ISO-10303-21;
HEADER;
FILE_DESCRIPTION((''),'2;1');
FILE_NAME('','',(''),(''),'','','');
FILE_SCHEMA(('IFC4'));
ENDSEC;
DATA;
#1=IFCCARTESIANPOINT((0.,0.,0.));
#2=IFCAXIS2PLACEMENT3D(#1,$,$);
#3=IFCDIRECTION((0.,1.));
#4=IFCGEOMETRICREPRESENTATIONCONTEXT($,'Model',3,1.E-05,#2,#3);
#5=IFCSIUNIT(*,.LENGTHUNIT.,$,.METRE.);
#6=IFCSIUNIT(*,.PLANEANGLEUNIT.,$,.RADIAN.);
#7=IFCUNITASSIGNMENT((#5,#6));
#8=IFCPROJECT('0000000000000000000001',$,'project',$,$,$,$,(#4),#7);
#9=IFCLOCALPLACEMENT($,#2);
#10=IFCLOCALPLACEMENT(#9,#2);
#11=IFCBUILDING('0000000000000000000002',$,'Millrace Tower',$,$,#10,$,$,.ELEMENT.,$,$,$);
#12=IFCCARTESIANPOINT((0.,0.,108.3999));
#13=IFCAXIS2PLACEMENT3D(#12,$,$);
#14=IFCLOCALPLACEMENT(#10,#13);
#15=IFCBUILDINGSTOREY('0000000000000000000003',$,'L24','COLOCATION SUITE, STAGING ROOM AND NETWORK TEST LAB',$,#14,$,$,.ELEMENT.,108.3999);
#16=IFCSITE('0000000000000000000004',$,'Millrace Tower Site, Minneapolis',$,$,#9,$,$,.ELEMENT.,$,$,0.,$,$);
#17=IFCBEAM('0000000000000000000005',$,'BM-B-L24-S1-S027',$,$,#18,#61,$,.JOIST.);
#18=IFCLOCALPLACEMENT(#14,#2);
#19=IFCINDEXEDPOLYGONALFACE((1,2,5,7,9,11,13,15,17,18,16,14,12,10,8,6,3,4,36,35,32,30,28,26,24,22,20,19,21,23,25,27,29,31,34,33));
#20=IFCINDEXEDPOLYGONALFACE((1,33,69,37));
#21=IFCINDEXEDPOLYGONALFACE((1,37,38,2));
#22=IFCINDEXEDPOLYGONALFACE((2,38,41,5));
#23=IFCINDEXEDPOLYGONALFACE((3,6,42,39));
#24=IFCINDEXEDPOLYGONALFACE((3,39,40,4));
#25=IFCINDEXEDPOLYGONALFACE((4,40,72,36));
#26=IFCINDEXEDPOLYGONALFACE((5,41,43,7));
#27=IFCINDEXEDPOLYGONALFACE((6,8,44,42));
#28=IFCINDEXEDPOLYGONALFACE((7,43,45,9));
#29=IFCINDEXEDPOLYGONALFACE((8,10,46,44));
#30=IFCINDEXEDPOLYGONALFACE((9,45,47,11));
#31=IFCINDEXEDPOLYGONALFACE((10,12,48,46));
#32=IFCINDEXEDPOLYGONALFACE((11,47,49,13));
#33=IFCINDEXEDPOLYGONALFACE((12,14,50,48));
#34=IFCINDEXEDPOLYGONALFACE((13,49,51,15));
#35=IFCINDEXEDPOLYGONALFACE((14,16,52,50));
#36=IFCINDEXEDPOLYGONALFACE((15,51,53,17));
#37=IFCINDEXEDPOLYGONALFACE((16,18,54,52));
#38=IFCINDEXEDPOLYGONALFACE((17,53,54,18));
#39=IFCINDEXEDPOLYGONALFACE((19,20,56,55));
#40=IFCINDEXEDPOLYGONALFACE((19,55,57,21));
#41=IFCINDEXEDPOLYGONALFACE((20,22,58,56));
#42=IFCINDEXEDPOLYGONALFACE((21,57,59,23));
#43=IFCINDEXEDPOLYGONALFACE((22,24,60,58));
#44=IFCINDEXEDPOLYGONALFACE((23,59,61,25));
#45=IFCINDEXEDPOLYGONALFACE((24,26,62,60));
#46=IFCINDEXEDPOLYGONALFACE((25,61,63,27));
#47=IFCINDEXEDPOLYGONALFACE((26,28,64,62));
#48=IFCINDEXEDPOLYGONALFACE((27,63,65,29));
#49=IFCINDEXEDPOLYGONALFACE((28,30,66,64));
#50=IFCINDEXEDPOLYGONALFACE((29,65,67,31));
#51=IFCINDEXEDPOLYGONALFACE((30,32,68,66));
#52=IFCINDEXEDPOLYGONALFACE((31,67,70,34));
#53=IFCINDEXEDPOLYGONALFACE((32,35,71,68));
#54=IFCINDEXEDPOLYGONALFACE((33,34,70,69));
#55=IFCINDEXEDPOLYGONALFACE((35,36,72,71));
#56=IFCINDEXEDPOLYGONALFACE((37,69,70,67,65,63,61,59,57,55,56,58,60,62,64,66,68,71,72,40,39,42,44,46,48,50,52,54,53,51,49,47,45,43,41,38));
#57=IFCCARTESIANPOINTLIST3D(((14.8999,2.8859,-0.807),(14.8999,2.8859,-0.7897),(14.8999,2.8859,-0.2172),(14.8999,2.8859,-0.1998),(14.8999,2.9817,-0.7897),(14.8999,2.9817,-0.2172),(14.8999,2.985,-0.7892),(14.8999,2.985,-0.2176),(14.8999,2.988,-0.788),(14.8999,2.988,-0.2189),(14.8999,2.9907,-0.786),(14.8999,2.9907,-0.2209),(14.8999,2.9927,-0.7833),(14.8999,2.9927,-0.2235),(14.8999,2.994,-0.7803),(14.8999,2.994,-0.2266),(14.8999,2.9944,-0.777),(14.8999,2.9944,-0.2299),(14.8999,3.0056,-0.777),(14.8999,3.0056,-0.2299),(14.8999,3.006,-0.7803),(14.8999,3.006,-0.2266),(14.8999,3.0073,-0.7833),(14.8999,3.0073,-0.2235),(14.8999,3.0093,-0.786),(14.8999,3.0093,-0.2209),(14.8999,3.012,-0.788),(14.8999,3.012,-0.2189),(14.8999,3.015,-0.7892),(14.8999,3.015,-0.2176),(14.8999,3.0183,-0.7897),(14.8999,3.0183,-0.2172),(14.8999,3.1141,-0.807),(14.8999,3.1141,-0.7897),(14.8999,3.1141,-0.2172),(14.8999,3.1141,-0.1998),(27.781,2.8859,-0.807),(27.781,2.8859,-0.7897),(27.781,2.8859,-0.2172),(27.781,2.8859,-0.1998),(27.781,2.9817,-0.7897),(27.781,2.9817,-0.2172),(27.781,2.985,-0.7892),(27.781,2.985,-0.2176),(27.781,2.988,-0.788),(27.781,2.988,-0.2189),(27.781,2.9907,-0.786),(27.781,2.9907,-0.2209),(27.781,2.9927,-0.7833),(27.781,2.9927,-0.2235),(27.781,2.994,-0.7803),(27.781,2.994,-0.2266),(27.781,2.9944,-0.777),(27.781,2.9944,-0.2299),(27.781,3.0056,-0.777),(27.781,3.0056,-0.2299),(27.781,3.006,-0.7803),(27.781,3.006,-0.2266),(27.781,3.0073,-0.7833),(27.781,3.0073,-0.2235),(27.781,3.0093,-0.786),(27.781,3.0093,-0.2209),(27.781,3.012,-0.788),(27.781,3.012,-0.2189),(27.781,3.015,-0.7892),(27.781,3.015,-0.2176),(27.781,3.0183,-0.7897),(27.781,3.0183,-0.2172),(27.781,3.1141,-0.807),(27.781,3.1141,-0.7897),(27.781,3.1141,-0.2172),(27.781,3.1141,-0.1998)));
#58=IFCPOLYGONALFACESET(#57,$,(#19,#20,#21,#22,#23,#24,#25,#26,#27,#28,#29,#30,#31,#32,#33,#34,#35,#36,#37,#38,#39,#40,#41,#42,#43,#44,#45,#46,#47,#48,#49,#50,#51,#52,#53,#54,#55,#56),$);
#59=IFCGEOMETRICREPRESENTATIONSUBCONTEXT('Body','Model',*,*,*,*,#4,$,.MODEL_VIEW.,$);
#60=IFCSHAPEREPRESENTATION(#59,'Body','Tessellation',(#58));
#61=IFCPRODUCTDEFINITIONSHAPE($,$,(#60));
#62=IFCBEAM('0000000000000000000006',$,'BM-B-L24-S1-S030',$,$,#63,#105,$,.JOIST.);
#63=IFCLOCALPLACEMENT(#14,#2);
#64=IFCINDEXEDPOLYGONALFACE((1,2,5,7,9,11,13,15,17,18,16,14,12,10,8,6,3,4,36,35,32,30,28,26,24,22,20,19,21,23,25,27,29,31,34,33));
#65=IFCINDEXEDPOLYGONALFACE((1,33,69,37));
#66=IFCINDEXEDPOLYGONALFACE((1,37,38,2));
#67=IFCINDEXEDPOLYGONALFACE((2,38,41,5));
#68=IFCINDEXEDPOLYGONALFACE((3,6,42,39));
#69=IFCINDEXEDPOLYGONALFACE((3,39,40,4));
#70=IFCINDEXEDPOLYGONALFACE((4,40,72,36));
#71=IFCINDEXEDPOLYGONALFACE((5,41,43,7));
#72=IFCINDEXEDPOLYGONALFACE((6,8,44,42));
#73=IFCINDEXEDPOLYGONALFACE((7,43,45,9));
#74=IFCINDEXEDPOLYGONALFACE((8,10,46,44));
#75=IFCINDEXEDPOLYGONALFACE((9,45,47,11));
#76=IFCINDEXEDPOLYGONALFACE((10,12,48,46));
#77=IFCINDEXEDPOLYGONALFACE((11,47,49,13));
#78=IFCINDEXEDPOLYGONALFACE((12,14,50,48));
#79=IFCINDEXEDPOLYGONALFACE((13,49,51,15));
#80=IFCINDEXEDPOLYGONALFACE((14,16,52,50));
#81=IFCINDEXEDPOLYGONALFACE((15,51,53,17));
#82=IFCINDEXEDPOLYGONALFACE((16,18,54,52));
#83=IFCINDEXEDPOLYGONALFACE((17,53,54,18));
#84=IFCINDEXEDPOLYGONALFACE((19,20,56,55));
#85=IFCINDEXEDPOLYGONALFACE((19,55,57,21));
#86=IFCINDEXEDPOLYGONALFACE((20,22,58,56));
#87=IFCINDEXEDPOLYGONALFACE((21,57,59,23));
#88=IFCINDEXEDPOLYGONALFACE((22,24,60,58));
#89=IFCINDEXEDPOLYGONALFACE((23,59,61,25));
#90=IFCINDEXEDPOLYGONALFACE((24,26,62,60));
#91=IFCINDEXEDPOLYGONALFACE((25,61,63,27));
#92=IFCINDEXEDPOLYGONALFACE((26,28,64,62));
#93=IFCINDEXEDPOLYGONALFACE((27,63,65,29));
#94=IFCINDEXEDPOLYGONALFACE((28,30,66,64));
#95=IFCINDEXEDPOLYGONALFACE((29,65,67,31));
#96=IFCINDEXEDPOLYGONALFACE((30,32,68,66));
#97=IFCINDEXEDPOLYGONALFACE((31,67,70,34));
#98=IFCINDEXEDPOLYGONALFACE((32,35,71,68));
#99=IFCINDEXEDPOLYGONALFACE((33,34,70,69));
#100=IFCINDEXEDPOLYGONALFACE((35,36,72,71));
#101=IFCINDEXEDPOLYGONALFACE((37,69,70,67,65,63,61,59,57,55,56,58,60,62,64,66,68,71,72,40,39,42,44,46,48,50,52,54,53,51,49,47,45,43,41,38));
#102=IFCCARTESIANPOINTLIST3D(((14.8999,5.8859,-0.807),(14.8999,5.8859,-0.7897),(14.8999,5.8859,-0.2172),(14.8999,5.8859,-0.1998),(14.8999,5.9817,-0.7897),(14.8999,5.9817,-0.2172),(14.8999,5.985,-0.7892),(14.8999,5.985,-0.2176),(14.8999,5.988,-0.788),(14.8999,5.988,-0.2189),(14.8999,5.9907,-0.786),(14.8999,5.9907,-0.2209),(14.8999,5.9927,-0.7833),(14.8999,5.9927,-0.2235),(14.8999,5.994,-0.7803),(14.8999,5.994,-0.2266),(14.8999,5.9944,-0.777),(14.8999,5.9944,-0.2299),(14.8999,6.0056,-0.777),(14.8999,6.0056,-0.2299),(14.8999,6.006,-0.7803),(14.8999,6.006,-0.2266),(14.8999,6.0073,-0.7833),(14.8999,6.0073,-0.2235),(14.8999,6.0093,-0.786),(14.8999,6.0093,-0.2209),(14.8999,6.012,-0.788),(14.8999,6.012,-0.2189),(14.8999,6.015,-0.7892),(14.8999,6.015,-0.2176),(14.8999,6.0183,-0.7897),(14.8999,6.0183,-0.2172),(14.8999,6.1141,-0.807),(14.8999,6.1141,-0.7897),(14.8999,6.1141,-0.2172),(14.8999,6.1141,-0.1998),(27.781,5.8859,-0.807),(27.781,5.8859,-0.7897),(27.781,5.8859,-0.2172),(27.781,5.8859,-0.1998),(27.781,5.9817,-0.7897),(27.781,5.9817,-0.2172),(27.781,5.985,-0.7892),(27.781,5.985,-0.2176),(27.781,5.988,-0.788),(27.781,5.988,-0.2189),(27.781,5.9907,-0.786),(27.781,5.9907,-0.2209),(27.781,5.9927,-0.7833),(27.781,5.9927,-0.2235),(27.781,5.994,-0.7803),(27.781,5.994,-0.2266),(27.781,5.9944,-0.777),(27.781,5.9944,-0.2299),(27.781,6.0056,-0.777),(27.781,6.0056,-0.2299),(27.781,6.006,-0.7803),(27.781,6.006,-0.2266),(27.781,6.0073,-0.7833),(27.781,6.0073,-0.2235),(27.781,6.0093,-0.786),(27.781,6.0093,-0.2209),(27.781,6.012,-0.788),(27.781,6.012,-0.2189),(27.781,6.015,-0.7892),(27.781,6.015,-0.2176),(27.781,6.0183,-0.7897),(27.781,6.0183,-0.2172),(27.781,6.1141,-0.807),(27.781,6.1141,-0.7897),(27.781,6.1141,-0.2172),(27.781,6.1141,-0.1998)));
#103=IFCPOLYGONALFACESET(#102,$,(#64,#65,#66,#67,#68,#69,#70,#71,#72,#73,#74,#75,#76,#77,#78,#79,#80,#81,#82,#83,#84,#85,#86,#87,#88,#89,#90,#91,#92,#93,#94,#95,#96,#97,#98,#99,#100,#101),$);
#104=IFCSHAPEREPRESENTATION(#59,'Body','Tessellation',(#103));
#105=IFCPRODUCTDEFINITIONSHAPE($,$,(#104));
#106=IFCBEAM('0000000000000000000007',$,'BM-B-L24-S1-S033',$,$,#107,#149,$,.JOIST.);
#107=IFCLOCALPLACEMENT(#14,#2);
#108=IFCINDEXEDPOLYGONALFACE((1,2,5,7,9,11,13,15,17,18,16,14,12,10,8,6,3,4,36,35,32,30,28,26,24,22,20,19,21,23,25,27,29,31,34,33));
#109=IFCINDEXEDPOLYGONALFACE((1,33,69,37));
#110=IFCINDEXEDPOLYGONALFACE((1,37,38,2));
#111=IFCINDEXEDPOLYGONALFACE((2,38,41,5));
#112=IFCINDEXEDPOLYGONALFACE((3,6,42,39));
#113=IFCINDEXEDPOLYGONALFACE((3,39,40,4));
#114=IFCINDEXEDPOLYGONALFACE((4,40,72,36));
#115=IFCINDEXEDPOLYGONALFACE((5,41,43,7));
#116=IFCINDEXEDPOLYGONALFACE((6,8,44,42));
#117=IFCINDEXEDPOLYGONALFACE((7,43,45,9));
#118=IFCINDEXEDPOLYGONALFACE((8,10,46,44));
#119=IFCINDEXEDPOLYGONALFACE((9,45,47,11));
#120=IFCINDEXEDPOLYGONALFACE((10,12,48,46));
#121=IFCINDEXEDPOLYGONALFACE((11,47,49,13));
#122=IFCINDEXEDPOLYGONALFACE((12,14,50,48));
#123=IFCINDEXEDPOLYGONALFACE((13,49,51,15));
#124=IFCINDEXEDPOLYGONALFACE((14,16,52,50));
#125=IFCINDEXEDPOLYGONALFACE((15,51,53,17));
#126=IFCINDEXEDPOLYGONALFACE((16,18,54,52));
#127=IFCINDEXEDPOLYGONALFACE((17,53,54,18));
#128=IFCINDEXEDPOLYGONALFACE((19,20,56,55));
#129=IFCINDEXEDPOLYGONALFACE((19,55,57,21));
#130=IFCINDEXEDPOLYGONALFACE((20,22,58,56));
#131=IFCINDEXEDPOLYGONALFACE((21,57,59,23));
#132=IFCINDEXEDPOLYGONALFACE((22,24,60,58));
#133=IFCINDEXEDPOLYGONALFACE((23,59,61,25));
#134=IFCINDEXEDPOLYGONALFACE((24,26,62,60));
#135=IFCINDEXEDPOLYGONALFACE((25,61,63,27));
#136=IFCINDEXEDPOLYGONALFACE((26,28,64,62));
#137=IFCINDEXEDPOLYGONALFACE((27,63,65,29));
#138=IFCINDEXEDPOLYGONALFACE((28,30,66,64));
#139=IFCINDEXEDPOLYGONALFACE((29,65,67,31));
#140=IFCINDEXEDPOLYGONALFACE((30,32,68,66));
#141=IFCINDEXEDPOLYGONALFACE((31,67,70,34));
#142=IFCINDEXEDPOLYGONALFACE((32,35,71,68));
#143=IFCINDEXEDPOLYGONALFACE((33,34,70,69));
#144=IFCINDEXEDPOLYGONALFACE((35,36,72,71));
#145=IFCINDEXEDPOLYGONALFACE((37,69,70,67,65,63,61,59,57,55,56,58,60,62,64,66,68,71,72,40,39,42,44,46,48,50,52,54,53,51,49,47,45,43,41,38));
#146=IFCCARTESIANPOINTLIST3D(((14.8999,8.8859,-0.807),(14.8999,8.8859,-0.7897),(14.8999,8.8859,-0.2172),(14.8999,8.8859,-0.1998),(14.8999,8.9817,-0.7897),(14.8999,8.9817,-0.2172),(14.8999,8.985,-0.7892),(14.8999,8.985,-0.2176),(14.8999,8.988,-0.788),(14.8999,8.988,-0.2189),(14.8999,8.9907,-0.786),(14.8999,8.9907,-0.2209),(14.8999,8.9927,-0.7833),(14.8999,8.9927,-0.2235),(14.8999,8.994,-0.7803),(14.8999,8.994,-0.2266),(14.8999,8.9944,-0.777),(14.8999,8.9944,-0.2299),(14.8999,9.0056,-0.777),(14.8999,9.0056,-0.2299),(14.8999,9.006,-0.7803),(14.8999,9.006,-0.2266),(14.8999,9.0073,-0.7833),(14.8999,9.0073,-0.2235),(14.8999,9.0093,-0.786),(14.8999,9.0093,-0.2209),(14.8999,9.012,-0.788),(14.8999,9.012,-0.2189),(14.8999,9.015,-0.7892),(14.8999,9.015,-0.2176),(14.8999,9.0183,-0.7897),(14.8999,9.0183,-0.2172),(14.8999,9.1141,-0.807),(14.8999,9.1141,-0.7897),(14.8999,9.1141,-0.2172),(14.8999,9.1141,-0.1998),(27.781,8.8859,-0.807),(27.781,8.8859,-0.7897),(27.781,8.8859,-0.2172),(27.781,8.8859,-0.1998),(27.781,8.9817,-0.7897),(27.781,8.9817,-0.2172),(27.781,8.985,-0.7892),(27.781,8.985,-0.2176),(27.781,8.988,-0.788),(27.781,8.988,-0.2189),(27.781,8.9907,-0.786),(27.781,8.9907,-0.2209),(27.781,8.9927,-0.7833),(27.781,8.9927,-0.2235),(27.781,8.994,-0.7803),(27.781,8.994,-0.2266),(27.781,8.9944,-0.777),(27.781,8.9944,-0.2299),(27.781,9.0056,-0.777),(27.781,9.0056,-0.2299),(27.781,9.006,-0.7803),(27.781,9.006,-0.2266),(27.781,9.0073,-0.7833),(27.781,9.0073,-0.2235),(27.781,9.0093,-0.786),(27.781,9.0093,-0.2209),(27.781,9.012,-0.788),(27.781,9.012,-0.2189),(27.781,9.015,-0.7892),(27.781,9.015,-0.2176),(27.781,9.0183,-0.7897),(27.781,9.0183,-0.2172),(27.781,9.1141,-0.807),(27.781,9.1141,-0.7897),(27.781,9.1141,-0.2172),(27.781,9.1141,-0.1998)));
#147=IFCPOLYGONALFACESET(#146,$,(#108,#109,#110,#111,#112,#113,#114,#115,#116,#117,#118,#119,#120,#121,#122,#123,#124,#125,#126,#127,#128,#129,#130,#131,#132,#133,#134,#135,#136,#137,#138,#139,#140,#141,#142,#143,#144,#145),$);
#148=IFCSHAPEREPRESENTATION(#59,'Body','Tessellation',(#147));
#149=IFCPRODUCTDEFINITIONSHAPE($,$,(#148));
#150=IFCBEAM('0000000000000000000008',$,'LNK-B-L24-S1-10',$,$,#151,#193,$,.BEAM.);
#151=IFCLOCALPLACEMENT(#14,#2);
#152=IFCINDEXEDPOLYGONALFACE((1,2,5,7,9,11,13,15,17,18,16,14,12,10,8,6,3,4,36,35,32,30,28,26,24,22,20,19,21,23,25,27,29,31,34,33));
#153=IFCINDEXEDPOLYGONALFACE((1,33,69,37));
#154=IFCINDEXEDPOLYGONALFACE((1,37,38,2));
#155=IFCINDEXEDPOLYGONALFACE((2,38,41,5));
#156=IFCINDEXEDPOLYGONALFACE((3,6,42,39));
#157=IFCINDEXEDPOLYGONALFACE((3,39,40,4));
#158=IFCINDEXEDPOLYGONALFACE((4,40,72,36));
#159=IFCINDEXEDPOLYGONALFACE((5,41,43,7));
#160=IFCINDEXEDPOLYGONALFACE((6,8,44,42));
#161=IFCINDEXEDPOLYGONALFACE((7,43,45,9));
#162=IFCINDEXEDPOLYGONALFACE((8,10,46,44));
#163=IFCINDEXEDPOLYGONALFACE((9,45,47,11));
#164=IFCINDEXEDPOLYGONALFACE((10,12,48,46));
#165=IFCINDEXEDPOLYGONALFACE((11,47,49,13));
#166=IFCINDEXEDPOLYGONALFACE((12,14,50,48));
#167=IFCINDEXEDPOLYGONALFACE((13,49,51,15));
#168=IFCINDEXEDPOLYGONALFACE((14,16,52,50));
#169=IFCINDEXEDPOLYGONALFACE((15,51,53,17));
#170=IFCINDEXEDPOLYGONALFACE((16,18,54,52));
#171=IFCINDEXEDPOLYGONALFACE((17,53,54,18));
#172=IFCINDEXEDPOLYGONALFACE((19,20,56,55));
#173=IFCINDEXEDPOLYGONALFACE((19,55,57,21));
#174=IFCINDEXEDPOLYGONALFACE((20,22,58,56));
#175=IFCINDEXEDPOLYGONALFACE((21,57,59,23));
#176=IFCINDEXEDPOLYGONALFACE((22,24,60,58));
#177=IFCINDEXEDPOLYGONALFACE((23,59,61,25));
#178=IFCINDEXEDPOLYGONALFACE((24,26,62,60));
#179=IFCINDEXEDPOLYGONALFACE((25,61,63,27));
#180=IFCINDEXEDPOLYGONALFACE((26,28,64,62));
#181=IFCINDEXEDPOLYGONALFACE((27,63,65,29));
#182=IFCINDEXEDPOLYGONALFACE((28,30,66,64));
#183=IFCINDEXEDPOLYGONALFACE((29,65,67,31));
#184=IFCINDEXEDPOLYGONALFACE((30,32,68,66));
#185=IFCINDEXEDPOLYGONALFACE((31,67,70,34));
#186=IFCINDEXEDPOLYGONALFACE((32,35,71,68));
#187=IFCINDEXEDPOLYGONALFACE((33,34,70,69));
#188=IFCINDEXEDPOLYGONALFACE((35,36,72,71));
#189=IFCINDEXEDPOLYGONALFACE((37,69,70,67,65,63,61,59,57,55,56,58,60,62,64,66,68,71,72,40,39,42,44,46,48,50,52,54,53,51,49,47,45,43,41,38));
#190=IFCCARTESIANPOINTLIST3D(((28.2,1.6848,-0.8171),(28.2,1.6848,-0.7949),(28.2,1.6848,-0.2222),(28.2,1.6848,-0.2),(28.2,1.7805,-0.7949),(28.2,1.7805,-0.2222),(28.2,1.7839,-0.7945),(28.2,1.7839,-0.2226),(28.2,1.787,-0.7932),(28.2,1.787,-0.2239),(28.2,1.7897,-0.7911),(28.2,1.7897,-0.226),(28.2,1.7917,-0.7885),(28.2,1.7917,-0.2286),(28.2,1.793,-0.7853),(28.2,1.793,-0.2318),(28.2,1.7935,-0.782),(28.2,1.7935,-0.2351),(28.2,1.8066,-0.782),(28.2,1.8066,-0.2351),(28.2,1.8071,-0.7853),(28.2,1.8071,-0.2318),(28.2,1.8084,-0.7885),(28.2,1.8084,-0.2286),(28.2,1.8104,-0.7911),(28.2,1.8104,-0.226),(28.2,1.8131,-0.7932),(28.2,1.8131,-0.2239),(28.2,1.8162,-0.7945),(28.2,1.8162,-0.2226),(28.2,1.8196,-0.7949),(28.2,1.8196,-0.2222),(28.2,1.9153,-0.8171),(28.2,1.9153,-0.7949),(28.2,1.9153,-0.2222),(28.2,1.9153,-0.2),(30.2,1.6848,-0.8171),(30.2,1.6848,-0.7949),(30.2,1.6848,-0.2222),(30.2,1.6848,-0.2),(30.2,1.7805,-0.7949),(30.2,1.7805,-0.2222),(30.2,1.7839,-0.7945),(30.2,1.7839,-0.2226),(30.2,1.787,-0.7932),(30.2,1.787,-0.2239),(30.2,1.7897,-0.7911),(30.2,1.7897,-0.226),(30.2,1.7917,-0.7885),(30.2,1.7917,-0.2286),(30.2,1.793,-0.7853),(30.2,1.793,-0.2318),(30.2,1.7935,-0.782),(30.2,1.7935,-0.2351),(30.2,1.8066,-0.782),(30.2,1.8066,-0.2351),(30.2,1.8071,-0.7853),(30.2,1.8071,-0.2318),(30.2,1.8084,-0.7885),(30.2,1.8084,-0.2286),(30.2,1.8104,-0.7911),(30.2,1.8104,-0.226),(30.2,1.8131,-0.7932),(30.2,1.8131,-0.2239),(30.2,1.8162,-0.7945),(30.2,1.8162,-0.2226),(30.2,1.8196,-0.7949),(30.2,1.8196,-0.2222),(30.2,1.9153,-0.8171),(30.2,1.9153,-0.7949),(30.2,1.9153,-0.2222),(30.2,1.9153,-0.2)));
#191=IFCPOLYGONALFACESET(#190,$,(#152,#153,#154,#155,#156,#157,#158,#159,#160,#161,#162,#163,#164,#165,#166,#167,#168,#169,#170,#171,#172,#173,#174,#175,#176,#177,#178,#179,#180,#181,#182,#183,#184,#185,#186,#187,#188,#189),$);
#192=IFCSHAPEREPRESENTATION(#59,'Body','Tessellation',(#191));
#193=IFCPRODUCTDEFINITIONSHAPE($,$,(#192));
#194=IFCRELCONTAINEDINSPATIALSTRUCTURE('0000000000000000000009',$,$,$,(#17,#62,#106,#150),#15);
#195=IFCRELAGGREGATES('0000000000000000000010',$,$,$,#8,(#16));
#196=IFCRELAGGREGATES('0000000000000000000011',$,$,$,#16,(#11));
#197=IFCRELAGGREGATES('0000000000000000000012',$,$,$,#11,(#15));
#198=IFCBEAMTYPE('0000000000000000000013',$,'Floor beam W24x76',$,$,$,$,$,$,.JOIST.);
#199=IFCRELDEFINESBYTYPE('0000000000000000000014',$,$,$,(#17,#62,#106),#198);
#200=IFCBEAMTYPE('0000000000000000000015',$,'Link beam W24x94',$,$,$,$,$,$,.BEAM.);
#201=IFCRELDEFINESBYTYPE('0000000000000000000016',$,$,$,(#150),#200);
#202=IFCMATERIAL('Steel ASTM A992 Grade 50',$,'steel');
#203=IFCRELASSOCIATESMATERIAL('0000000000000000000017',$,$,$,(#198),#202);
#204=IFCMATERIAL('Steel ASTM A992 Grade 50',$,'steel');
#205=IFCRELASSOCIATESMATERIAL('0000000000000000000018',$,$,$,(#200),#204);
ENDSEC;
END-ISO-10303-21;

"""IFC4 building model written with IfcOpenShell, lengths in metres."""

from ifc_helpers import new_model, si_unit, direction, frame, origin, origin_2d, place, context, subcontext, project, spatial, i_section, extrude, material, material_profile, profile_set, type_object, element, save


model = new_model("IFC4")

# Units and contexts
model_context = context("Model", 3, precision=1e-05, world=origin(), true_north=direction((0.0, 1.0)))
body_context = subcontext(model_context, "Body", "Model", "MODEL_VIEW")
ifc_project = project(units=[si_unit("LENGTHUNIT", "METRE"), si_unit("PLANEANGLEUNIT", "RADIAN")], contexts=[model_context])

# Site, building, storey
site_placement = place(None, origin())
site = spatial("IfcSite", under=ifc_project, at=site_placement, Name="Millrace Tower Site, Minneapolis", CompositionType="ELEMENT", RefElevation=0.0)
building_placement = place(site_placement, origin())
building = spatial("IfcBuilding", under=site, at=building_placement, Name="Millrace Tower", CompositionType="ELEMENT")
storey_placement = place(building_placement, frame((0.0, 0.0, 108.3999)))
storey = spatial("IfcBuildingStorey", under=building, at=storey_placement, Name="L24", Description="COLOCATION SUITE, STAGING ROOM AND NETWORK TEST LAB", CompositionType="ELEMENT", Elevation=108.3999)

# Beams
ifc_material_1 = material(Name="Steel ASTM A992 Grade 50", Category="steel")
ifc_material_profile_1 = material_profile(ifc_material_1, i_section(OverallWidth=0.2283, OverallDepth=0.6072, WebThickness=0.0112, FlangeThickness=0.0173, FilletRadius=0.0127, at=origin_2d()))
ifc_profile_set_1 = profile_set([ifc_material_profile_1], Name="Steel ASTM A992 Grade 50")
beam_type_1 = type_object("IfcBeamType", Name="Floor beam W24x76", PredefinedType="JOIST", material=ifc_profile_set_1)
for number, where, z_axis, x_axis, name in (
    (1, (14.8999, 3.0, -0.5034), (1.0, 0.0, 0.0), (0.0, 1.0, 0.0), "BM-B-L24-S1-S027"),
    (2, (14.8999, 6.0, -0.5034), (1.0, 0.0, 0.0), (0.0, 1.0, 0.0), "BM-B-L24-S1-S030"),
    (3, (14.8999, 9.0, -0.5034), (1.0, 0.0, 0.0), (0.0, 1.0, 0.0), "BM-B-L24-S1-S033"),
):
    element("IfcBeam", number, at=place(storey_placement, frame(where, z_axis=z_axis, x_axis=x_axis)), inside=storey, type_object=beam_type_1, Name=name, PredefinedType="JOIST", context=body_context, shape_type="SweptSolid", body=[
        extrude(i_section(OverallWidth=0.2283, OverallDepth=0.6072, WebThickness=0.0112, FlangeThickness=0.0173, FilletRadius=0.0127, at=origin_2d()), origin(), (0.0, 0.0, 1.0), 12.8811),
    ])
ifc_material_2 = material(Name="Steel ASTM A992 Grade 50", Category="steel")
ifc_material_profile_2 = material_profile(ifc_material_2, i_section(OverallWidth=0.2305, OverallDepth=0.6172, WebThickness=0.0132, FlangeThickness=0.0222, FilletRadius=0.0129, at=origin_2d()))
ifc_profile_set_2 = profile_set([ifc_material_profile_2], Name="Steel ASTM A992 Grade 50")
beam_type_2 = type_object("IfcBeamType", Name="Link beam W24x94", PredefinedType="BEAM", material=ifc_profile_set_2)
beam_1_placement = place(storey_placement, frame((28.2, 1.8, -0.5085), z_axis=(1.0, 0.0, 0.0), x_axis=(0.0, 1.0, 0.0)))
element("IfcBeam", 4, at=beam_1_placement, inside=storey, type_object=beam_type_2, Name="LNK-B-L24-S1-10", PredefinedType="BEAM", context=body_context, shape_type="SweptSolid", body=[
    extrude(i_section(OverallWidth=0.2305, OverallDepth=0.6172, WebThickness=0.0132, FlangeThickness=0.0222, FilletRadius=0.0129, at=origin_2d()), origin(), (0.0, 0.0, 1.0), 2.0),
])

save(model, "model.ifc")
